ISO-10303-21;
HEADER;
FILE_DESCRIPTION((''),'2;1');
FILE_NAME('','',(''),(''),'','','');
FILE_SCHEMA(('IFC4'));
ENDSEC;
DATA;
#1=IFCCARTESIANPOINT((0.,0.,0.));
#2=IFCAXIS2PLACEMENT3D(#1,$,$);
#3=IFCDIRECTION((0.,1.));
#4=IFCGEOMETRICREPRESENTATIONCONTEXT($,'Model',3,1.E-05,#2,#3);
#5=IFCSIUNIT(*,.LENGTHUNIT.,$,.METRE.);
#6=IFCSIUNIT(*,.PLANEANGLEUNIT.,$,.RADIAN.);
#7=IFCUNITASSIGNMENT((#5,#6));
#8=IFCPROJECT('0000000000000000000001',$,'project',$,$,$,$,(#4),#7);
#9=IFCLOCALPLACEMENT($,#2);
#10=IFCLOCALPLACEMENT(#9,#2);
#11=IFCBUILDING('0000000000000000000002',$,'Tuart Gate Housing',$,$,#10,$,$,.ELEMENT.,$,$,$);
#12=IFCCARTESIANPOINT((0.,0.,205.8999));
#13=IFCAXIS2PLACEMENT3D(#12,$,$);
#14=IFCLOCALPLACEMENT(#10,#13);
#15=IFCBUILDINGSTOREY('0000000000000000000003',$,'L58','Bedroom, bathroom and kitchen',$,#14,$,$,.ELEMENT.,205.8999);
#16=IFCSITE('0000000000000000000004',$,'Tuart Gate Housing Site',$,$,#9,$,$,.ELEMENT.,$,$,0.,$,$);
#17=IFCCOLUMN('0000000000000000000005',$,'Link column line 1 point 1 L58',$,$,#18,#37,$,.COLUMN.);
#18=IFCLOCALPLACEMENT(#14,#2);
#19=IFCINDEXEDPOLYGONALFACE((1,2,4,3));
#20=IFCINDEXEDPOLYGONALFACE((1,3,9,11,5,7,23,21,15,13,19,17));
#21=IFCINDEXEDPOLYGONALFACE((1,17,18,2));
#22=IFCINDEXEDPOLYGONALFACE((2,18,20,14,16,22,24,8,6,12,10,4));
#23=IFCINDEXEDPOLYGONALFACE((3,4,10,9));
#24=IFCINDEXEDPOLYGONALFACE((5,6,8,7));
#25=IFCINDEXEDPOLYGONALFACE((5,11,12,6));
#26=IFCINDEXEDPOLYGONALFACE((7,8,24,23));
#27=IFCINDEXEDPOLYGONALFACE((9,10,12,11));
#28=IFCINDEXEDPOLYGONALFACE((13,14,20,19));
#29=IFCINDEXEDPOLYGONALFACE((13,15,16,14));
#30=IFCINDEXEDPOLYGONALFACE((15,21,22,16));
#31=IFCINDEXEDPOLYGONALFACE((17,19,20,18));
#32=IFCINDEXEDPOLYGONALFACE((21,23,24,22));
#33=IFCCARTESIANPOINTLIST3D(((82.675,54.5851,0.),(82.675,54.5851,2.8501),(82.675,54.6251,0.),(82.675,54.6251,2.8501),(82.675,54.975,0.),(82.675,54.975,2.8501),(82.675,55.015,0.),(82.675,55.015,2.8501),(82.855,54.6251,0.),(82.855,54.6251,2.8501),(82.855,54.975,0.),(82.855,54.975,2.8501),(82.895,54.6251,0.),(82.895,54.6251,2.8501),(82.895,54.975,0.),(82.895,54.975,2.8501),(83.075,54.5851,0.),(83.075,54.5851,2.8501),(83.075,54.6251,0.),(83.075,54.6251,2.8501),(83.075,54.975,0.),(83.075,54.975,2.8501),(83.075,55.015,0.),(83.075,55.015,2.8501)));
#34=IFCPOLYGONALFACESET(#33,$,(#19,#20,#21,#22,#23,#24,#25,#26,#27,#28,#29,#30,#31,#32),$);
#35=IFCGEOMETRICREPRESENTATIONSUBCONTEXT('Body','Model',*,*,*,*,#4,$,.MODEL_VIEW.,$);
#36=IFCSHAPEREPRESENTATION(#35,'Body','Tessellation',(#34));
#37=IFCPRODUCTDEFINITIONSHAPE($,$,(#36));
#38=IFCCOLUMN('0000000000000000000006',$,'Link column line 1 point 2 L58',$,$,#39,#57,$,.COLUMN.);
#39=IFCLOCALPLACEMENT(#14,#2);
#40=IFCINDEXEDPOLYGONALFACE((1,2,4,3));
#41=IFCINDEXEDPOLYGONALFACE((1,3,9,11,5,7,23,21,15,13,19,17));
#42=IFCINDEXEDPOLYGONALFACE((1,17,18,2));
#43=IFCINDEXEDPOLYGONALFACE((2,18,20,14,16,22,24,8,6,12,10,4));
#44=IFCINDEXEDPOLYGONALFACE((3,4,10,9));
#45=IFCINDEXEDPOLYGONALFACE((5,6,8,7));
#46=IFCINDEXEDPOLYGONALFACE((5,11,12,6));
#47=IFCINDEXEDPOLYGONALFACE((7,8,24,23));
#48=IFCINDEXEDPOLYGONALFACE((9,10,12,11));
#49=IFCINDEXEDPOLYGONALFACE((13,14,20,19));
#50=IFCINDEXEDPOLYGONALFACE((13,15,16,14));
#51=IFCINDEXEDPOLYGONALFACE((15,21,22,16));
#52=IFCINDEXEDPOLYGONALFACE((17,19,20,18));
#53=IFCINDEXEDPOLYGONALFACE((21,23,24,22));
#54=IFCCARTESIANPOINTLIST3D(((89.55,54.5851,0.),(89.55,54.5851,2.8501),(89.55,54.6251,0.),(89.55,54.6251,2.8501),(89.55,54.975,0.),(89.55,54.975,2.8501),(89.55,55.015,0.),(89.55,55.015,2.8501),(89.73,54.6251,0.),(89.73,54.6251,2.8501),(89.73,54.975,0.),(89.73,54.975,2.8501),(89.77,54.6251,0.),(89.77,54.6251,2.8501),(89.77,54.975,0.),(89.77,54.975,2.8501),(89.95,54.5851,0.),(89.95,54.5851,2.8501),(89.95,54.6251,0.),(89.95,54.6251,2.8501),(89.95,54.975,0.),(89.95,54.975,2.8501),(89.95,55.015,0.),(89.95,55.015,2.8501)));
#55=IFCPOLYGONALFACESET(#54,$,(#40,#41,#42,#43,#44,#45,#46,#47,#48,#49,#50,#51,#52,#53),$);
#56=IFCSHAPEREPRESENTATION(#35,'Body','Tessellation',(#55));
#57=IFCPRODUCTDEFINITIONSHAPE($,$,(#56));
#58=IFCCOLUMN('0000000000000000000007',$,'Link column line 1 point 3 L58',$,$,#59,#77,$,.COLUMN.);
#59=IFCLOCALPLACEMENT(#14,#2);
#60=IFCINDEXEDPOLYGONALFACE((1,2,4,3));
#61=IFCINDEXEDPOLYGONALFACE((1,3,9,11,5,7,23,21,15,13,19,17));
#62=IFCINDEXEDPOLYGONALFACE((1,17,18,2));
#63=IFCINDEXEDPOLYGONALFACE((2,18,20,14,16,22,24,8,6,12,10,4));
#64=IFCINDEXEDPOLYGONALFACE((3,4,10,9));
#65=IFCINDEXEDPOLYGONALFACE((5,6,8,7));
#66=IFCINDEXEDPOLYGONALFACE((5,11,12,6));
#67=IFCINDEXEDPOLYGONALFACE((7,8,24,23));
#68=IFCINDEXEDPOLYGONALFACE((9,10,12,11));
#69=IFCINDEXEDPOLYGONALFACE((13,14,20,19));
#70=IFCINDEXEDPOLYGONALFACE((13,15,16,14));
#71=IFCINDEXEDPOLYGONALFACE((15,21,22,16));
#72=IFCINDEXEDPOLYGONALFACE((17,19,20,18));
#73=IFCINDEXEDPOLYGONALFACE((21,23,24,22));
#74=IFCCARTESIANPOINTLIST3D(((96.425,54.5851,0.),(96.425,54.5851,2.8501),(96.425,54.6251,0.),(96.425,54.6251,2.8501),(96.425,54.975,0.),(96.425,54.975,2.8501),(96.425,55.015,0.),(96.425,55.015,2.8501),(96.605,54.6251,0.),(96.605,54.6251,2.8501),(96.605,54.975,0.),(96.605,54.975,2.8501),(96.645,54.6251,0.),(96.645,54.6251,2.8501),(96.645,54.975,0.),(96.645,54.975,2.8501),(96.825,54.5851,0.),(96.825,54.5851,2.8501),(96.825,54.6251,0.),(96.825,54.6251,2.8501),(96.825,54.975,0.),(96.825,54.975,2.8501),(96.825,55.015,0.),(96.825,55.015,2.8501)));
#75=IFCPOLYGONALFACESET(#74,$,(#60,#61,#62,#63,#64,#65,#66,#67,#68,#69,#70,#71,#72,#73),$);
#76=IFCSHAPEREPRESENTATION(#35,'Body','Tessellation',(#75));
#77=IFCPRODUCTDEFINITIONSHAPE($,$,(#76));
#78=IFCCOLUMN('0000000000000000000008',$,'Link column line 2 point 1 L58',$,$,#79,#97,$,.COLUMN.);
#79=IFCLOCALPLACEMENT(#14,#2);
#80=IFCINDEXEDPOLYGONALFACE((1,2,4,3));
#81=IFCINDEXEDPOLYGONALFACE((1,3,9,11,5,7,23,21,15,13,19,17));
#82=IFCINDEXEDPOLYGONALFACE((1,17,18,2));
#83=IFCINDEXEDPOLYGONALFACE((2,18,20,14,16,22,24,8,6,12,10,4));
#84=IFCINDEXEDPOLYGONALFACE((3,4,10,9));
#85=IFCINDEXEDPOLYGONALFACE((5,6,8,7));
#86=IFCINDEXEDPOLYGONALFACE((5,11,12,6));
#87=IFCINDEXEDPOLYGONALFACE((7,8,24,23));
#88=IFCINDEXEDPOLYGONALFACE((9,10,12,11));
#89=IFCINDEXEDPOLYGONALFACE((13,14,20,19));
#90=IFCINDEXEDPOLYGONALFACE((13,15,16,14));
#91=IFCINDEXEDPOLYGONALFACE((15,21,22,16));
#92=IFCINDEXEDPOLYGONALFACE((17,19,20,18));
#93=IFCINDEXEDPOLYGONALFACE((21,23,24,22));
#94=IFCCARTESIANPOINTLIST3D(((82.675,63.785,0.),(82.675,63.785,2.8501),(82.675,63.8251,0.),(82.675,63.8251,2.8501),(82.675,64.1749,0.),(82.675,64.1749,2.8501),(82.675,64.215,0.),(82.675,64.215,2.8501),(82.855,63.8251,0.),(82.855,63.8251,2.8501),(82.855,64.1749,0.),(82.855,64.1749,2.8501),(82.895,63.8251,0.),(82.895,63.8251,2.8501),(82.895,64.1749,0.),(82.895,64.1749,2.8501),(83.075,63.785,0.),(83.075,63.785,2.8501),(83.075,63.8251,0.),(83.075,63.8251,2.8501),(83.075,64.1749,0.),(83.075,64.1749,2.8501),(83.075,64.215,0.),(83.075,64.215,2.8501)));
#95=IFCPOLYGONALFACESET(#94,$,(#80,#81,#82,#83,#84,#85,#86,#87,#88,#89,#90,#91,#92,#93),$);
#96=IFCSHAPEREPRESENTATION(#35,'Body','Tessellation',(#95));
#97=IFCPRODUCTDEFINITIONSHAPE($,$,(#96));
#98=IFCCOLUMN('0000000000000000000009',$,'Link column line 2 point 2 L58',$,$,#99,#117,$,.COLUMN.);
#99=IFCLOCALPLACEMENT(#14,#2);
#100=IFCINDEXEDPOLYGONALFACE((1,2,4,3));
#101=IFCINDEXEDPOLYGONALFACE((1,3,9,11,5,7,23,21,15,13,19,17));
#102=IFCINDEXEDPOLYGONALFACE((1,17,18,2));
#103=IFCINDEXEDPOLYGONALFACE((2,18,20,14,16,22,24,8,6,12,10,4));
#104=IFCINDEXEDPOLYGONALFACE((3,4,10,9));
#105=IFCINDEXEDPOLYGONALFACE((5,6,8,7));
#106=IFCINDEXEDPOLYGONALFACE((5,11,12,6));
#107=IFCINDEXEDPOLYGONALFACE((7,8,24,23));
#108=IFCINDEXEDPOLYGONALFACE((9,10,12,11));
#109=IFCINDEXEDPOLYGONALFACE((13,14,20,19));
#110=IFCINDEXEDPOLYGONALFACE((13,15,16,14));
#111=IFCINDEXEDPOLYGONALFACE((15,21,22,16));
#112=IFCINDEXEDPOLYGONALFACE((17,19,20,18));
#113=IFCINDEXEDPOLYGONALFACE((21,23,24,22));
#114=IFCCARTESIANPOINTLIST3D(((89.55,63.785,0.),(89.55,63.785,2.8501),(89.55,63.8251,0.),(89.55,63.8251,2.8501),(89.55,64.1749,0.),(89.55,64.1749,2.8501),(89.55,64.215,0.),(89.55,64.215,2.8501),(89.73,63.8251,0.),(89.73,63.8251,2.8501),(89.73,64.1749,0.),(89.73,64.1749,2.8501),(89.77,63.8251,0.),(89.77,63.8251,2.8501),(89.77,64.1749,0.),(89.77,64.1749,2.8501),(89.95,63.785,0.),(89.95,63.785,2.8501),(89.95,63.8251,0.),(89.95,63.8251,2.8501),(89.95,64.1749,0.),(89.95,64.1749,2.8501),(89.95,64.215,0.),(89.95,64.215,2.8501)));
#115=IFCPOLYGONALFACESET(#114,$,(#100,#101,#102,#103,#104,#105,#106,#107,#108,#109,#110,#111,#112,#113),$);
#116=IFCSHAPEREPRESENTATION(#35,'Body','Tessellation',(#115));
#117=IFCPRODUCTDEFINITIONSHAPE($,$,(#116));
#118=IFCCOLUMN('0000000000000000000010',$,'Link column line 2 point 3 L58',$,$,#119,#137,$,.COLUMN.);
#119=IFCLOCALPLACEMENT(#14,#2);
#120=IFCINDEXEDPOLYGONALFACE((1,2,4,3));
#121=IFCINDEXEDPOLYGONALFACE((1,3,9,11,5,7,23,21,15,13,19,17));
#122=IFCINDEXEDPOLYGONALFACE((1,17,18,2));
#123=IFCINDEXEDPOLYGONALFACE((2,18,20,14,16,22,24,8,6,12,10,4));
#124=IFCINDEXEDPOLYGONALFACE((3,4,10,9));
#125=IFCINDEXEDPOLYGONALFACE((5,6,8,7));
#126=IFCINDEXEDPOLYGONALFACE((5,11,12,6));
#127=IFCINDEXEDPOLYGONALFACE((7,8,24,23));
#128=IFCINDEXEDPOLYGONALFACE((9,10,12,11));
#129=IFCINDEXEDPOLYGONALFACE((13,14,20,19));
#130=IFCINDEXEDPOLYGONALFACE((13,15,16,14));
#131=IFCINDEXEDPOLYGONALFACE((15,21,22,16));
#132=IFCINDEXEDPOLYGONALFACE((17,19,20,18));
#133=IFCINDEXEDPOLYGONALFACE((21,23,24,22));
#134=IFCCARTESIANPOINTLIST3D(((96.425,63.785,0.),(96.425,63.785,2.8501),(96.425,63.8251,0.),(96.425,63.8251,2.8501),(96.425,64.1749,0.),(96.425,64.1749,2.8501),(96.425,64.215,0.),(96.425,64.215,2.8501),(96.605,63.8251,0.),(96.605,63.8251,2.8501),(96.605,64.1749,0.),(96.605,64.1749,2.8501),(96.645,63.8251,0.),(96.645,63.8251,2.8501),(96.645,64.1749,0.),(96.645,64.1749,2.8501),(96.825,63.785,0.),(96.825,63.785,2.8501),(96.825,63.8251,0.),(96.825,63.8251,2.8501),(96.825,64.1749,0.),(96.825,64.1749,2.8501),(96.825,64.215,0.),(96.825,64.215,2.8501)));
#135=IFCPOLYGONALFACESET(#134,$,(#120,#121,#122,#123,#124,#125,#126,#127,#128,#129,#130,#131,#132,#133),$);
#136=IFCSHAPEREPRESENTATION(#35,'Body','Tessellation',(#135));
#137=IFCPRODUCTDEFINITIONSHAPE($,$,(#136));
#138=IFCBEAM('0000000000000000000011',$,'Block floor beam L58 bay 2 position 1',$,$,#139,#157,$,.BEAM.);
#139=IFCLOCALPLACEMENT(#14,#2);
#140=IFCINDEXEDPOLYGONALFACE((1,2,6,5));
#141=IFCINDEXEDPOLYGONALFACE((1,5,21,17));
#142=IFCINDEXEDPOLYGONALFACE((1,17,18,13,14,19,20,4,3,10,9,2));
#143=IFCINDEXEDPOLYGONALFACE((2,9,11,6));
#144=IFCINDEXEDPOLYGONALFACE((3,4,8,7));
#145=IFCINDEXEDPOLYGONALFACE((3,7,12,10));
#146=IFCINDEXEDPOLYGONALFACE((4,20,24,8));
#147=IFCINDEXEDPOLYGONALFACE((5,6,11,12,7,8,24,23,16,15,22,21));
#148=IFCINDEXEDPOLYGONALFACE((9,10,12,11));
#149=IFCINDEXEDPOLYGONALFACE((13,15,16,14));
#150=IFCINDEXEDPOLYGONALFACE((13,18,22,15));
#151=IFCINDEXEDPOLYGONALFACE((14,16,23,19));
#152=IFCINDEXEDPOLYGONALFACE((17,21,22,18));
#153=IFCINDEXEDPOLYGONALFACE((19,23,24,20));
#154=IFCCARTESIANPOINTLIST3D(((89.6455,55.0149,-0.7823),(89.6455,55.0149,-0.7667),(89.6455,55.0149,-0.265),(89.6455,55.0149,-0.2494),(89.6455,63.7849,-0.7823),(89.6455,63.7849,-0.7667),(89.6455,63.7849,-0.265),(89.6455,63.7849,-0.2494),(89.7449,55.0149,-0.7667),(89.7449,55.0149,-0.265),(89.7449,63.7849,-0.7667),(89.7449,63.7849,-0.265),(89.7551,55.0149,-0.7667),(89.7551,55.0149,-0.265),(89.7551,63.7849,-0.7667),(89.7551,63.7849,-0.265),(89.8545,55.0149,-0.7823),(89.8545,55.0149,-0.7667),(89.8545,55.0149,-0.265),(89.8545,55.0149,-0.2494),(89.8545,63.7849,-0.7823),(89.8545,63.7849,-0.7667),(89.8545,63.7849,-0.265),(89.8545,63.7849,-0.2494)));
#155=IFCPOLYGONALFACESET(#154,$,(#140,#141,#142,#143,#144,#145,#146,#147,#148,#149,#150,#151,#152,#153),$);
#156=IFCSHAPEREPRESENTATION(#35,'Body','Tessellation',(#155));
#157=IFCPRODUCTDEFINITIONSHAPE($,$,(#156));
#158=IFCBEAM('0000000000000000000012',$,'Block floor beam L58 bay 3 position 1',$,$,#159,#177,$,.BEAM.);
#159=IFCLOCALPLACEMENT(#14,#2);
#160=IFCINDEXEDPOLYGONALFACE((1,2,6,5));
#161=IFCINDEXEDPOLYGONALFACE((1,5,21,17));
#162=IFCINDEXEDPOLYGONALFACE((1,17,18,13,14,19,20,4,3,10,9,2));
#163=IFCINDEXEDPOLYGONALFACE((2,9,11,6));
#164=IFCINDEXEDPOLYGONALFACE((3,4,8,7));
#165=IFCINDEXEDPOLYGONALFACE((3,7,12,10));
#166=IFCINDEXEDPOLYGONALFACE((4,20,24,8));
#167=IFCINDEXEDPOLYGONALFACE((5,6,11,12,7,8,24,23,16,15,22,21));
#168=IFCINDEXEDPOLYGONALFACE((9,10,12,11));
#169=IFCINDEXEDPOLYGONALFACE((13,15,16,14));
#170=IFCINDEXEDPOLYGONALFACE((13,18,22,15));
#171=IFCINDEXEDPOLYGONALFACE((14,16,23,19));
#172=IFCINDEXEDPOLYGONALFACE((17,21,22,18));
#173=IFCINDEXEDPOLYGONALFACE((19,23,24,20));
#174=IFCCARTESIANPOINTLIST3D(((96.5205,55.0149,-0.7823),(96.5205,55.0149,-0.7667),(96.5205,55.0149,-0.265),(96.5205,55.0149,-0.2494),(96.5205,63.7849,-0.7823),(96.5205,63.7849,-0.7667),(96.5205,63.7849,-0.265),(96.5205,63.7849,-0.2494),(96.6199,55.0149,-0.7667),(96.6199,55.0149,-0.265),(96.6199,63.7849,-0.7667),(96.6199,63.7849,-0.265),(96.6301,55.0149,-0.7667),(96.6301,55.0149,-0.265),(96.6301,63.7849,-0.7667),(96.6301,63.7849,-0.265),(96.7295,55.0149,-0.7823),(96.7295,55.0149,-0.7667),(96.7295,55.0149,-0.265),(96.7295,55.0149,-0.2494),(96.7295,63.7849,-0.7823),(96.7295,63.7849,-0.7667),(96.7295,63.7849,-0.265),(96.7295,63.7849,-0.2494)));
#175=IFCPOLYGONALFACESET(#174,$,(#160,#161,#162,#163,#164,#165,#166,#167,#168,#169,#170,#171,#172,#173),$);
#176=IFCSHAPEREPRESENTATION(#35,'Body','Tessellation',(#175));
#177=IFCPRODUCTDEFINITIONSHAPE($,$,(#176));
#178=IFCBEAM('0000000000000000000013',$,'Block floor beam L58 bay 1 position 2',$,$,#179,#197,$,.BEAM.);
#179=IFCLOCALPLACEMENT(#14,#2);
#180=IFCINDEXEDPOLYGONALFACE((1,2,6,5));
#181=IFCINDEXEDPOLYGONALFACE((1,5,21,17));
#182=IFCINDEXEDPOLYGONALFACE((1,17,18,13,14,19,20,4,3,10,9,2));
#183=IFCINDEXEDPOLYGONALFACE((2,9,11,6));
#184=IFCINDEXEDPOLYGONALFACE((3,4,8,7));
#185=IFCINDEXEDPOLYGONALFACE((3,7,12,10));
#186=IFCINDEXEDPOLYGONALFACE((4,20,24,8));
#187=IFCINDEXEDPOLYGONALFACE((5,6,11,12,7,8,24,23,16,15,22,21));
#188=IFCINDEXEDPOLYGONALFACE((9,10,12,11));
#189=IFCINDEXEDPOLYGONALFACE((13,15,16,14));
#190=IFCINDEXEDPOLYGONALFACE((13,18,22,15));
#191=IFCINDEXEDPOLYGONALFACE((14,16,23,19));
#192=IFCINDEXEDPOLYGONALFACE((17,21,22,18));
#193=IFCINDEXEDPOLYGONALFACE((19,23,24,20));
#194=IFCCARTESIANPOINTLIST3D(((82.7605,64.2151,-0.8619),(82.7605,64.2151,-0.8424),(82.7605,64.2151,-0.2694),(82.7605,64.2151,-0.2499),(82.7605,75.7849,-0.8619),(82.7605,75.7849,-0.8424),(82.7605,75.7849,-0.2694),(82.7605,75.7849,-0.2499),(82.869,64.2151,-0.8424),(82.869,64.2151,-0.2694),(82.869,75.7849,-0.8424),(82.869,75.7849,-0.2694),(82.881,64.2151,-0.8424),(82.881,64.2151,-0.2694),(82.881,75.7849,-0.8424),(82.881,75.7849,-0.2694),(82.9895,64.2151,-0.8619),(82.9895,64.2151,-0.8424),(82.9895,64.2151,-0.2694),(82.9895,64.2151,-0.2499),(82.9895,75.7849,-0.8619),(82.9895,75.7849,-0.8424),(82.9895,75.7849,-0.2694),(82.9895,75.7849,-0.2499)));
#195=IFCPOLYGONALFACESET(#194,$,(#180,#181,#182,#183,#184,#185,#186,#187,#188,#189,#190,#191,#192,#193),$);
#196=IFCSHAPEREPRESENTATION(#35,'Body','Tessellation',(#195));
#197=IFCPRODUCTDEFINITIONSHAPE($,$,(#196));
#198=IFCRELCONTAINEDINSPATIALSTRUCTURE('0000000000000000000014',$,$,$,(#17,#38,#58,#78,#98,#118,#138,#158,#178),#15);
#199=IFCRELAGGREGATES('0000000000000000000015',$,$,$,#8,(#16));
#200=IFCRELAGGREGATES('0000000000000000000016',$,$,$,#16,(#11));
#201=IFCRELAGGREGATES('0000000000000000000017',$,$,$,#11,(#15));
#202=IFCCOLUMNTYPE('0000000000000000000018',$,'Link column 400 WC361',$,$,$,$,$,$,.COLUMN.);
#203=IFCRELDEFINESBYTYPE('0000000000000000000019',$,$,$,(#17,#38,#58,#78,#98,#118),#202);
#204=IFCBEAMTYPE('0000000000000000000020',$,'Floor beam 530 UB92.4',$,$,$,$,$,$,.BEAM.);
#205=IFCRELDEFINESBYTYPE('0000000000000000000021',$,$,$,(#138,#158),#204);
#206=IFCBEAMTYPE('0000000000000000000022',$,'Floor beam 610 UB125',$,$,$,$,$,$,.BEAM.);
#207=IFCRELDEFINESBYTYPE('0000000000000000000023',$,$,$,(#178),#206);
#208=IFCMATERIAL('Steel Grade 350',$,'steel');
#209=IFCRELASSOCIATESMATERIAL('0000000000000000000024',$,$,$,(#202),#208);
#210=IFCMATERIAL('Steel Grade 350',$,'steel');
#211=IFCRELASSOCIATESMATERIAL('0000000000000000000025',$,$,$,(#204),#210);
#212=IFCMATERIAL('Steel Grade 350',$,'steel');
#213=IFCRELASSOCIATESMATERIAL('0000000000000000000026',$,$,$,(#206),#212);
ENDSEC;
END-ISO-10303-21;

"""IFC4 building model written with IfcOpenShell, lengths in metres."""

from ifc_helpers import new_model, si_unit, direction, frame, origin, origin_2d, place, context, subcontext, project, spatial, i_section, extrude, material, material_profile, profile_set, type_object, element, save


model = new_model("IFC4")

# Units and contexts
model_context = context("Model", 3, precision=1e-05, world=origin(), true_north=direction((0.0, 1.0)))
body_context = subcontext(model_context, "Body", "Model", "MODEL_VIEW")
ifc_project = project(units=[si_unit("LENGTHUNIT", "METRE"), si_unit("PLANEANGLEUNIT", "RADIAN")], contexts=[model_context])

# Site, building, storey
site_placement = place(None, origin())
site = spatial("IfcSite", under=ifc_project, at=site_placement, Name="Tuart Gate Housing Site", CompositionType="ELEMENT", RefElevation=0.0)
building_placement = place(site_placement, origin())
building = spatial("IfcBuilding", under=site, at=building_placement, Name="Tuart Gate Housing", CompositionType="ELEMENT")
storey_placement = place(building_placement, frame((0.0, 0.0, 205.8999)))
storey = spatial("IfcBuildingStorey", under=building, at=storey_placement, Name="L58", Description="Bedroom, bathroom and kitchen", CompositionType="ELEMENT", Elevation=205.8999)

# Columns
ifc_material_1 = material(Name="Steel Grade 350", Category="steel")
ifc_material_profile_1 = material_profile(ifc_material_1, i_section(OverallWidth=0.3999, OverallDepth=0.4299, WebThickness=0.04, FlangeThickness=0.04, at=origin_2d()), Name="400WC361")
ifc_profile_set_1 = profile_set([ifc_material_profile_1], Name="Steel Grade 350")
column_type = type_object("IfcColumnType", Name="Link column 400 WC361", PredefinedType="COLUMN", material=ifc_profile_set_1)
for number, where, z_axis, x_axis, name in (
    (1, (82.875, 54.8, 0.0), (0.0, 0.0, 1.0), (1.0, 0.0, 0.0), "Link column line 1 point 1 L58"),
    (2, (89.75, 54.8, 0.0), (0.0, 0.0, 1.0), (1.0, 0.0, 0.0), "Link column line 1 point 2 L58"),
    (3, (96.625, 54.8, 0.0), (0.0, 0.0, 1.0), (1.0, 0.0, 0.0), "Link column line 1 point 3 L58"),
    (4, (82.875, 64.0, 0.0), (0.0, 0.0, 1.0), (1.0, 0.0, 0.0), "Link column line 2 point 1 L58"),
    (5, (89.75, 64.0, 0.0), (0.0, 0.0, 1.0), (1.0, 0.0, 0.0), "Link column line 2 point 2 L58"),
    (6, (96.625, 64.0, 0.0), (0.0, 0.0, 1.0), (1.0, 0.0, 0.0), "Link column line 2 point 3 L58"),
):
    element("IfcColumn", number, at=place(storey_placement, frame(where, z_axis=z_axis, x_axis=x_axis)), inside=storey, type_object=column_type, Name=name, PredefinedType="COLUMN", context=body_context, shape_type="SweptSolid", body=[
        extrude(i_section(OverallWidth=0.3999, OverallDepth=0.4299, WebThickness=0.04, FlangeThickness=0.04, at=origin_2d()), origin(), (0.0, 0.0, 1.0), 2.8501),
    ])

# Beams
ifc_material_2 = material(Name="Steel Grade 350", Category="steel")
ifc_material_profile_2 = material_profile(ifc_material_2, i_section(OverallWidth=0.209, OverallDepth=0.533, WebThickness=0.0103, FlangeThickness=0.0156, at=origin_2d()), Name="530UB92.4")
ifc_profile_set_2 = profile_set([ifc_material_profile_2], Name="Steel Grade 350")
beam_type_1 = type_object("IfcBeamType", Name="Floor beam 530 UB92.4", PredefinedType="BEAM", material=ifc_profile_set_2)
for number, where, z_axis, x_axis, name in (
    (7, (89.75, 55.0149, -0.5159), (0.0, 1.0, 0.0), (-1.0, 0.0, 0.0), "Block floor beam L58 bay 2 position 1"),
    (8, (96.625, 55.0149, -0.5159), (0.0, 1.0, 0.0), (-1.0, 0.0, 0.0), "Block floor beam L58 bay 3 position 1"),
):
    element("IfcBeam", number, at=place(storey_placement, frame(where, z_axis=z_axis, x_axis=x_axis)), inside=storey, type_object=beam_type_1, Name=name, PredefinedType="BEAM", context=body_context, shape_type="SweptSolid", body=[
        extrude(i_section(OverallWidth=0.209, OverallDepth=0.533, WebThickness=0.0103, FlangeThickness=0.0156, at=origin_2d()), origin(), (0.0, 0.0, 1.0), 8.77),
    ])
ifc_material_3 = material(Name="Steel Grade 350", Category="steel")
ifc_material_profile_3 = material_profile(ifc_material_3, i_section(OverallWidth=0.229, OverallDepth=0.6121, WebThickness=0.012, FlangeThickness=0.0195, at=origin_2d()), Name="610UB125")
ifc_profile_set_3 = profile_set([ifc_material_profile_3], Name="Steel Grade 350")
beam_type_2 = type_object("IfcBeamType", Name="Floor beam 610 UB125", PredefinedType="BEAM", material=ifc_profile_set_3)
for number, where, z_axis, x_axis, name in (
    (9, (82.875, 64.2151, -0.5559), (0.0, 1.0, 0.0), (-1.0, 0.0, 0.0), "Block floor beam L58 bay 1 position 2"),
):
    element("IfcBeam", number, at=place(storey_placement, frame(where, z_axis=z_axis, x_axis=x_axis)), inside=storey, type_object=beam_type_2, Name=name, PredefinedType="BEAM", context=body_context, shape_type="SweptSolid", body=[
        extrude(i_section(OverallWidth=0.229, OverallDepth=0.6121, WebThickness=0.012, FlangeThickness=0.0195, at=origin_2d()), origin(), (0.0, 0.0, 1.0), 11.5698),
    ])

save(model, "model.ifc")
